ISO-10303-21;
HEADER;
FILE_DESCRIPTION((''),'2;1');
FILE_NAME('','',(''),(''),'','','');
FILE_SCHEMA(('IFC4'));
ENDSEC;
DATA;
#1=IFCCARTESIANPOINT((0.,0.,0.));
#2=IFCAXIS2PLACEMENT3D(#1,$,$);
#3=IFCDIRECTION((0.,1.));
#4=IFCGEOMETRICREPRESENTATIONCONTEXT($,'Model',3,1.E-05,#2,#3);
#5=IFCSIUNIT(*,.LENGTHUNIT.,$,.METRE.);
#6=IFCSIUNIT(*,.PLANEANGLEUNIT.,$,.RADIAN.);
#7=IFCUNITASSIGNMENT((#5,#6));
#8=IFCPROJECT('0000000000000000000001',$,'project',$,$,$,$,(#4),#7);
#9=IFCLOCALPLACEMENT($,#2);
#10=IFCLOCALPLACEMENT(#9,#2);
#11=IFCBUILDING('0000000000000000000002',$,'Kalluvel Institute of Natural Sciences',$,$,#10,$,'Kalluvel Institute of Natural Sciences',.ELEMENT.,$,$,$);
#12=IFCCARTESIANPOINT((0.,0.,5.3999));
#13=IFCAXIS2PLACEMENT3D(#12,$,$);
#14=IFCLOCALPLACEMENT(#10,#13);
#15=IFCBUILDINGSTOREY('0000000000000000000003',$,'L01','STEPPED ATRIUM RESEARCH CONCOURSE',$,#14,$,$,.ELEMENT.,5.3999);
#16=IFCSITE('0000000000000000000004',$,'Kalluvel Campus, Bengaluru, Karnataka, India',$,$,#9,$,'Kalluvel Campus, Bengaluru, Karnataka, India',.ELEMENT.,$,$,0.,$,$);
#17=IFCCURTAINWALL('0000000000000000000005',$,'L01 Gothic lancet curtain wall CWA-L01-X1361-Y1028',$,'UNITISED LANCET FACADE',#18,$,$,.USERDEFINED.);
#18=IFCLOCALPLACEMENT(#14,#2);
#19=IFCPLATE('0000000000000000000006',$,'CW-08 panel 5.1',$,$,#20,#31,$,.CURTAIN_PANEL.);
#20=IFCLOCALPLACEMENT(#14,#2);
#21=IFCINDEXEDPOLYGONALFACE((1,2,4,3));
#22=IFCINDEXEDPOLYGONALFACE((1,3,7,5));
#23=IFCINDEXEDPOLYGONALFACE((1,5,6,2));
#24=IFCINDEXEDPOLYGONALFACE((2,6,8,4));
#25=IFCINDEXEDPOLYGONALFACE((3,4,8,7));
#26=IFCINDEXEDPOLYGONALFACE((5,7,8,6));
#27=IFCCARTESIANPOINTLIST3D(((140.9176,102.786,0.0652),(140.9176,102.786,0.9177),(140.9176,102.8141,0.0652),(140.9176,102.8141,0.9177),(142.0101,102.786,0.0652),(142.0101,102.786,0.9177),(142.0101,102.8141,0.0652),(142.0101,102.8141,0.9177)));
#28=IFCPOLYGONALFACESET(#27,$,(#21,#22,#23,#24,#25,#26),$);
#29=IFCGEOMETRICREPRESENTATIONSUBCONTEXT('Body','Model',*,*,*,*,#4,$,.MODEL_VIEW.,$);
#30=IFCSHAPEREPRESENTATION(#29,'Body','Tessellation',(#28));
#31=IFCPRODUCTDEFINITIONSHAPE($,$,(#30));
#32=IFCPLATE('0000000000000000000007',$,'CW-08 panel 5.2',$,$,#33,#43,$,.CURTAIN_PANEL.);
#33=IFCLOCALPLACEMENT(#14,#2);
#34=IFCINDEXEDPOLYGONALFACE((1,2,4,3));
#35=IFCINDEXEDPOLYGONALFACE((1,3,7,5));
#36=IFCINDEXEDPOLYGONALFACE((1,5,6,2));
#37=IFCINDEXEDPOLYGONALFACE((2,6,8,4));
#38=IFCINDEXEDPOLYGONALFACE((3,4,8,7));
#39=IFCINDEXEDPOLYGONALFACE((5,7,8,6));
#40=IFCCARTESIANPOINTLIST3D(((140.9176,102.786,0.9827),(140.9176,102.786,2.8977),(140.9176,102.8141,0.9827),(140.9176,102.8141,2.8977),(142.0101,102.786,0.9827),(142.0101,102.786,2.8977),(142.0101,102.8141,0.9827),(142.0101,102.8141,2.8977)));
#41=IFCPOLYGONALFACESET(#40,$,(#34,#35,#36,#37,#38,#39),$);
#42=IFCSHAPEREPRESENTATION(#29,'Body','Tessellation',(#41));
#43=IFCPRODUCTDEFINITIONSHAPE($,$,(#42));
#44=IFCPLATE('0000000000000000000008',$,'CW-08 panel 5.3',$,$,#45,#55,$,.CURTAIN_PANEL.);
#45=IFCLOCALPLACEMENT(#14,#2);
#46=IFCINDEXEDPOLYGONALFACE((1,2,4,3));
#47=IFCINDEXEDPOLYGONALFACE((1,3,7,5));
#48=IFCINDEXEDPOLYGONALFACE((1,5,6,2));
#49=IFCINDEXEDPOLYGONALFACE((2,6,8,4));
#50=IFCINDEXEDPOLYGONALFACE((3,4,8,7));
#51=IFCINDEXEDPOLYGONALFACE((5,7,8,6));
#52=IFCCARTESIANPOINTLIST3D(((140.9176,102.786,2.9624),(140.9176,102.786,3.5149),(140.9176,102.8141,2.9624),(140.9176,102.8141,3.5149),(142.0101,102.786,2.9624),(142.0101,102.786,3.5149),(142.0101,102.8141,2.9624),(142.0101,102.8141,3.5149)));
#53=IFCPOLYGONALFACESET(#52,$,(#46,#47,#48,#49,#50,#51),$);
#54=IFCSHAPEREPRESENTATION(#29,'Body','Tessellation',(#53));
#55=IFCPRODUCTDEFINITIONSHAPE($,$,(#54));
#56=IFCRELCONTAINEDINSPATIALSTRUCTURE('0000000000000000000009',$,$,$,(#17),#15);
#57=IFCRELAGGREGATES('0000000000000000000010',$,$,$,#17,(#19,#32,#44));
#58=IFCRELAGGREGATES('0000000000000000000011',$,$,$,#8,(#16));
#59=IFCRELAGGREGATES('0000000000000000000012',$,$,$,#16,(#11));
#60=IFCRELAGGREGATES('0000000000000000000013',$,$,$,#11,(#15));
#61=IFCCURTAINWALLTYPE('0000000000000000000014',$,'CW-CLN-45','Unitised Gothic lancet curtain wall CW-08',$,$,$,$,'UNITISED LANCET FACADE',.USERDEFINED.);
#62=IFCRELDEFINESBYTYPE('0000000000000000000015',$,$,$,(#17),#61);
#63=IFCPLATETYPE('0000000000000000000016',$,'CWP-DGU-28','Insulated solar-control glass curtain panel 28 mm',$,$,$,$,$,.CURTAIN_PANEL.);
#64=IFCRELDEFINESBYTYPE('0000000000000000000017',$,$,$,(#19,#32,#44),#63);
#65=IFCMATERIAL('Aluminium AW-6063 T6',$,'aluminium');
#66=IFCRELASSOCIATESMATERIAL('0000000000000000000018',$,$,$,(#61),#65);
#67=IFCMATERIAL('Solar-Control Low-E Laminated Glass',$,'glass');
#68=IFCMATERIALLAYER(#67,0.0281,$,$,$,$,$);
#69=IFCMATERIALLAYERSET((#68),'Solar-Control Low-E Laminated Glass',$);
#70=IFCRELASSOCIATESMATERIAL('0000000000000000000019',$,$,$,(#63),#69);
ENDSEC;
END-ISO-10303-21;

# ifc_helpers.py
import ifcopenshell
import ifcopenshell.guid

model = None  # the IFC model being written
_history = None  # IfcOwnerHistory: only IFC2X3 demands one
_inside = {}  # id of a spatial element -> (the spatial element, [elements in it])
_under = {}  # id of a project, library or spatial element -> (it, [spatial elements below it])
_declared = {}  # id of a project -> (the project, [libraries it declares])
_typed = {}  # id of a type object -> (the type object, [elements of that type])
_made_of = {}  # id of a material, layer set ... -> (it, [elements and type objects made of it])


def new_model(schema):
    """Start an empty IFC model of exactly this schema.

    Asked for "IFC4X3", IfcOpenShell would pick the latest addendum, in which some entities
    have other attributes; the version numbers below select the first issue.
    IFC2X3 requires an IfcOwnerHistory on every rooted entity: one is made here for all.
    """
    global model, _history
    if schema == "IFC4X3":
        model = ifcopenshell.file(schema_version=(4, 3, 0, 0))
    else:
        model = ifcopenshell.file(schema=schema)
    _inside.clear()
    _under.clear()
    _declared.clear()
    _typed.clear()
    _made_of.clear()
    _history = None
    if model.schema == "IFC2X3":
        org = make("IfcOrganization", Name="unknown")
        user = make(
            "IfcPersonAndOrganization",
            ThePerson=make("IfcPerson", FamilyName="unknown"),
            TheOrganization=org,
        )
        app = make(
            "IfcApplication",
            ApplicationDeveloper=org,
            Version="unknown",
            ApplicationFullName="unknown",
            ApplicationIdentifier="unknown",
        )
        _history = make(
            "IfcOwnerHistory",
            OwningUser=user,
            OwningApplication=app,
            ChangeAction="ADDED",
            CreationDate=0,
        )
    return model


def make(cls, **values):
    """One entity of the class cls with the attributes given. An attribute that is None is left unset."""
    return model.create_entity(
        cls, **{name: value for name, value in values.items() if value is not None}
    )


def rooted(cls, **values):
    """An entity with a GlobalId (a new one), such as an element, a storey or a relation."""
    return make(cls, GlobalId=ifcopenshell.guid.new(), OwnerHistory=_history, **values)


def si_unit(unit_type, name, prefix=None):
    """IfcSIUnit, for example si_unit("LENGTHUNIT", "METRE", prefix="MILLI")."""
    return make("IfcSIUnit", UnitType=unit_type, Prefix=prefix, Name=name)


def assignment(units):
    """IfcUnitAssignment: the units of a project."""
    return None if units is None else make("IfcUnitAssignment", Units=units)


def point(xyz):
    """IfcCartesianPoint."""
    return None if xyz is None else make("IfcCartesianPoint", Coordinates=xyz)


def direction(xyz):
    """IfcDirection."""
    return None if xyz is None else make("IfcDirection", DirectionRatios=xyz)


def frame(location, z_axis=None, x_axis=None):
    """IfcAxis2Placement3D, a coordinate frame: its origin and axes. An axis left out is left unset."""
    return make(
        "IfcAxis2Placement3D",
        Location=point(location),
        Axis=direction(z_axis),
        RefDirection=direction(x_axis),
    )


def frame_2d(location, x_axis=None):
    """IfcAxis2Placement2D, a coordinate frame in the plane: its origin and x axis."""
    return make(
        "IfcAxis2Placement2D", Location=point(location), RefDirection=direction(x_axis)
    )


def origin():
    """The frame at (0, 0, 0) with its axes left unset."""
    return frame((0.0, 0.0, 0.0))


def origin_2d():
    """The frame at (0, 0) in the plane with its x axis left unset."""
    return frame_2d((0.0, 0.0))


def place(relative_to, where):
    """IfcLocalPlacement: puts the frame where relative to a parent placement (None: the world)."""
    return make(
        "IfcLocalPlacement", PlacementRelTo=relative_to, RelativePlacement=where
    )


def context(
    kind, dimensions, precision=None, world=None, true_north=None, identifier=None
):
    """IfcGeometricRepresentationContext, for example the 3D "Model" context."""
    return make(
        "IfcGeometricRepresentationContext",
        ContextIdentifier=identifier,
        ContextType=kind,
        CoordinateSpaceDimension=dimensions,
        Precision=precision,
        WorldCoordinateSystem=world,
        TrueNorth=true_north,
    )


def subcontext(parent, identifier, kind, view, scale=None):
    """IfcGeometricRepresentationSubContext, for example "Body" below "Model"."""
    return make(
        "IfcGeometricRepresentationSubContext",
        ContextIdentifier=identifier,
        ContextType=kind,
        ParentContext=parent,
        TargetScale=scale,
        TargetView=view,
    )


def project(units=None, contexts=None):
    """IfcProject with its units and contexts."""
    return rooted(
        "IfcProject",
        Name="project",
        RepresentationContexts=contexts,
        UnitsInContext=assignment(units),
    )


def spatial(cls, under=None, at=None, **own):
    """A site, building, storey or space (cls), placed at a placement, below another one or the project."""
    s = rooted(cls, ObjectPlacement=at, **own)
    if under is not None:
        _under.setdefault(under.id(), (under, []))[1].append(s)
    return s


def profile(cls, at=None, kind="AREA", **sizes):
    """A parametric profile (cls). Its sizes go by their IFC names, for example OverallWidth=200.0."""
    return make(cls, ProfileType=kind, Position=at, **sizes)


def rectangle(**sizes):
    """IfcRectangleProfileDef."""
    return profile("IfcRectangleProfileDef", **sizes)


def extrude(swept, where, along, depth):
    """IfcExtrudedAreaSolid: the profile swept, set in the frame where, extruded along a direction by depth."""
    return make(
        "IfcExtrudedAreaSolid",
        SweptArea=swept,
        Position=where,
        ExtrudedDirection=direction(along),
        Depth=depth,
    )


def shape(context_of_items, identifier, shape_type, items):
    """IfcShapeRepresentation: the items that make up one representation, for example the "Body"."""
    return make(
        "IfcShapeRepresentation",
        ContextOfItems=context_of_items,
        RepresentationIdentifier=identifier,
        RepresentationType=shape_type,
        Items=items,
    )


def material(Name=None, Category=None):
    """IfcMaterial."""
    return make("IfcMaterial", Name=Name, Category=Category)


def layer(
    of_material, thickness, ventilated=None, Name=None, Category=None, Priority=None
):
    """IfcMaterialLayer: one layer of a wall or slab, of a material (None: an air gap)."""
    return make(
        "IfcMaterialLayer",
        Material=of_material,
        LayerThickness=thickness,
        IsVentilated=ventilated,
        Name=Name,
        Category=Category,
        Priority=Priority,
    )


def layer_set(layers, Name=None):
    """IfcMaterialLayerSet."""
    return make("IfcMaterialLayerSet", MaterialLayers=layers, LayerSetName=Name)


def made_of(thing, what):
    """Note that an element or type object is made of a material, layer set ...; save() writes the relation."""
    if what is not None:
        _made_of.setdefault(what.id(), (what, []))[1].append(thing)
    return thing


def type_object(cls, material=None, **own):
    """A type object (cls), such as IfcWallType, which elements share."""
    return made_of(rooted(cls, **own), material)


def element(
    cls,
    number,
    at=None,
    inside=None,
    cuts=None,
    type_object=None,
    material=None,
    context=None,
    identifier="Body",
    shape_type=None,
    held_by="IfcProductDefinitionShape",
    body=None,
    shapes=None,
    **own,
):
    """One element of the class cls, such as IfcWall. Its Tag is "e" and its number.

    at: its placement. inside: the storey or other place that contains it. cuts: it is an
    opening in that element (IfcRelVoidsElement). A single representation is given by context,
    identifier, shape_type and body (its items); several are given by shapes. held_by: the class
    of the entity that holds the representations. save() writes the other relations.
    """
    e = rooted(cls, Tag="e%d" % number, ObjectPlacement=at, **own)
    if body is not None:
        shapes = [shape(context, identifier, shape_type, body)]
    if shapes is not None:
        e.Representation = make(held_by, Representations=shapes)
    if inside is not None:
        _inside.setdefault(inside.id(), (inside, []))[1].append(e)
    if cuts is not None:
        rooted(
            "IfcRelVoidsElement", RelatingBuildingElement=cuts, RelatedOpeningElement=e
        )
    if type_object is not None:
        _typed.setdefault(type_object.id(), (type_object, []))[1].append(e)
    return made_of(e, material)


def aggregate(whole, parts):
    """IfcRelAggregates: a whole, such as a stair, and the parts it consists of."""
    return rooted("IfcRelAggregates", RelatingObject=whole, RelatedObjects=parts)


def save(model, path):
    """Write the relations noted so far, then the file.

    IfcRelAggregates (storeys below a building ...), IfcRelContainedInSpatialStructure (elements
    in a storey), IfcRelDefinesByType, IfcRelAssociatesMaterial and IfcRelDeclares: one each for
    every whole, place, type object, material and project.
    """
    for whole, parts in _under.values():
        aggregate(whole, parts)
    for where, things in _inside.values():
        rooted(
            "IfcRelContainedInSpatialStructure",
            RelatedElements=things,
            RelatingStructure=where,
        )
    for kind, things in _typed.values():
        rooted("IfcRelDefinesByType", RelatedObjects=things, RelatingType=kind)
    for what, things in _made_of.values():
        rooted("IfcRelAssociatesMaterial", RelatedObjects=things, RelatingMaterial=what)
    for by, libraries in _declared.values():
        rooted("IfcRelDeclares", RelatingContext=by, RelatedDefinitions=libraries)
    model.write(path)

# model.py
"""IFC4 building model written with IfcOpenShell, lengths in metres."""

from ifc_helpers import new_model, si_unit, direction, frame, origin, origin_2d, place, context, subcontext, project, spatial, rectangle, extrude, material, layer, layer_set, type_object, element, aggregate, save


model = new_model("IFC4")

# Units and contexts
model_context = context("Model", 3, precision=1e-05, world=origin(), true_north=direction((0.0, 1.0)))
body_context = subcontext(model_context, "Body", "Model", "MODEL_VIEW")
ifc_project = project(units=[si_unit("LENGTHUNIT", "METRE"), si_unit("PLANEANGLEUNIT", "RADIAN")], contexts=[model_context])

# Site, building, storey
site_placement = place(None, origin())
site = spatial("IfcSite", under=ifc_project, at=site_placement, Name="Kalluvel Campus, Bengaluru, Karnataka, India", LongName="Kalluvel Campus, Bengaluru, Karnataka, India", CompositionType="ELEMENT", RefElevation=0.0)
building_placement = place(site_placement, origin())
building = spatial("IfcBuilding", under=site, at=building_placement, Name="Kalluvel Institute of Natural Sciences", LongName="Kalluvel Institute of Natural Sciences", CompositionType="ELEMENT")
storey_placement = place(building_placement, frame((0.0, 0.0, 5.3999)))
storey = spatial("IfcBuildingStorey", under=building, at=storey_placement, Name="L01", Description="STEPPED ATRIUM RESEARCH CONCOURSE", CompositionType="ELEMENT", Elevation=5.3999)

# Curtain wall
ifc_material_1 = material(Name="Aluminium AW-6063 T6", Category="aluminium")
curtain_wall_type = type_object("IfcCurtainWallType", Name="CW-CLN-45", Description="Unitised Gothic lancet curtain wall CW-08", ElementType="UNITISED LANCET FACADE", PredefinedType="USERDEFINED", material=ifc_material_1)
curtain_wall_1_placement = place(storey_placement, origin())
curtain_wall_1 = element("IfcCurtainWall", 1, at=curtain_wall_1_placement, inside=storey, type_object=curtain_wall_type, Name="L01 Gothic lancet curtain wall CWA-L01-X1361-Y1028", ObjectType="UNITISED LANCET FACADE", PredefinedType="USERDEFINED")

# Plates
ifc_material_2 = material(Name="Solar-Control Low-E Laminated Glass", Category="glass")
ifc_layer = layer(ifc_material_2, 0.0281)
ifc_layer_set = layer_set([ifc_layer], Name="Solar-Control Low-E Laminated Glass")
plate_type = type_object("IfcPlateType", Name="CWP-DGU-28", Description="Insulated solar-control glass curtain panel 28 mm", PredefinedType="CURTAIN_PANEL", material=ifc_layer_set)
plate_1_placement = place(storey_placement, frame((141.4639, 102.8, 0.0652), z_axis=(0.0, 0.0, 1.0), x_axis=(1.0, 0.0, 0.0)))
plate_1 = element("IfcPlate", 2, at=plate_1_placement, type_object=plate_type, Name="CW-08 panel 5.1", PredefinedType="CURTAIN_PANEL", context=body_context, shape_type="SweptSolid", body=[
    extrude(rectangle(XDim=1.0925, YDim=0.0281, at=origin_2d()), origin(), (0.0, 0.0, 1.0), 0.8525),
])
plate_2_placement = place(storey_placement, frame((141.4639, 102.8, 0.9827), z_axis=(0.0, 0.0, 1.0), x_axis=(1.0, 0.0, 0.0)))
plate_2 = element("IfcPlate", 3, at=plate_2_placement, type_object=plate_type, Name="CW-08 panel 5.2", PredefinedType="CURTAIN_PANEL", context=body_context, shape_type="SweptSolid", body=[
    extrude(rectangle(XDim=1.0925, YDim=0.0281, at=origin_2d()), origin(), (0.0, 0.0, 1.0), 1.915),
])
plate_3_placement = place(storey_placement, frame((141.4639, 102.8, 2.9624), z_axis=(0.0, 0.0, 1.0), x_axis=(1.0, 0.0, 0.0)))
plate_3 = element("IfcPlate", 4, at=plate_3_placement, type_object=plate_type, Name="CW-08 panel 5.3", PredefinedType="CURTAIN_PANEL", context=body_context, shape_type="SweptSolid", body=[
    extrude(rectangle(XDim=1.0925, YDim=0.0281, at=origin_2d()), origin(), (0.0, 0.0, 1.0), 0.5525),
])
aggregate(curtain_wall_1, [plate_1, plate_2, plate_3])

save(model, "model.ifc")
